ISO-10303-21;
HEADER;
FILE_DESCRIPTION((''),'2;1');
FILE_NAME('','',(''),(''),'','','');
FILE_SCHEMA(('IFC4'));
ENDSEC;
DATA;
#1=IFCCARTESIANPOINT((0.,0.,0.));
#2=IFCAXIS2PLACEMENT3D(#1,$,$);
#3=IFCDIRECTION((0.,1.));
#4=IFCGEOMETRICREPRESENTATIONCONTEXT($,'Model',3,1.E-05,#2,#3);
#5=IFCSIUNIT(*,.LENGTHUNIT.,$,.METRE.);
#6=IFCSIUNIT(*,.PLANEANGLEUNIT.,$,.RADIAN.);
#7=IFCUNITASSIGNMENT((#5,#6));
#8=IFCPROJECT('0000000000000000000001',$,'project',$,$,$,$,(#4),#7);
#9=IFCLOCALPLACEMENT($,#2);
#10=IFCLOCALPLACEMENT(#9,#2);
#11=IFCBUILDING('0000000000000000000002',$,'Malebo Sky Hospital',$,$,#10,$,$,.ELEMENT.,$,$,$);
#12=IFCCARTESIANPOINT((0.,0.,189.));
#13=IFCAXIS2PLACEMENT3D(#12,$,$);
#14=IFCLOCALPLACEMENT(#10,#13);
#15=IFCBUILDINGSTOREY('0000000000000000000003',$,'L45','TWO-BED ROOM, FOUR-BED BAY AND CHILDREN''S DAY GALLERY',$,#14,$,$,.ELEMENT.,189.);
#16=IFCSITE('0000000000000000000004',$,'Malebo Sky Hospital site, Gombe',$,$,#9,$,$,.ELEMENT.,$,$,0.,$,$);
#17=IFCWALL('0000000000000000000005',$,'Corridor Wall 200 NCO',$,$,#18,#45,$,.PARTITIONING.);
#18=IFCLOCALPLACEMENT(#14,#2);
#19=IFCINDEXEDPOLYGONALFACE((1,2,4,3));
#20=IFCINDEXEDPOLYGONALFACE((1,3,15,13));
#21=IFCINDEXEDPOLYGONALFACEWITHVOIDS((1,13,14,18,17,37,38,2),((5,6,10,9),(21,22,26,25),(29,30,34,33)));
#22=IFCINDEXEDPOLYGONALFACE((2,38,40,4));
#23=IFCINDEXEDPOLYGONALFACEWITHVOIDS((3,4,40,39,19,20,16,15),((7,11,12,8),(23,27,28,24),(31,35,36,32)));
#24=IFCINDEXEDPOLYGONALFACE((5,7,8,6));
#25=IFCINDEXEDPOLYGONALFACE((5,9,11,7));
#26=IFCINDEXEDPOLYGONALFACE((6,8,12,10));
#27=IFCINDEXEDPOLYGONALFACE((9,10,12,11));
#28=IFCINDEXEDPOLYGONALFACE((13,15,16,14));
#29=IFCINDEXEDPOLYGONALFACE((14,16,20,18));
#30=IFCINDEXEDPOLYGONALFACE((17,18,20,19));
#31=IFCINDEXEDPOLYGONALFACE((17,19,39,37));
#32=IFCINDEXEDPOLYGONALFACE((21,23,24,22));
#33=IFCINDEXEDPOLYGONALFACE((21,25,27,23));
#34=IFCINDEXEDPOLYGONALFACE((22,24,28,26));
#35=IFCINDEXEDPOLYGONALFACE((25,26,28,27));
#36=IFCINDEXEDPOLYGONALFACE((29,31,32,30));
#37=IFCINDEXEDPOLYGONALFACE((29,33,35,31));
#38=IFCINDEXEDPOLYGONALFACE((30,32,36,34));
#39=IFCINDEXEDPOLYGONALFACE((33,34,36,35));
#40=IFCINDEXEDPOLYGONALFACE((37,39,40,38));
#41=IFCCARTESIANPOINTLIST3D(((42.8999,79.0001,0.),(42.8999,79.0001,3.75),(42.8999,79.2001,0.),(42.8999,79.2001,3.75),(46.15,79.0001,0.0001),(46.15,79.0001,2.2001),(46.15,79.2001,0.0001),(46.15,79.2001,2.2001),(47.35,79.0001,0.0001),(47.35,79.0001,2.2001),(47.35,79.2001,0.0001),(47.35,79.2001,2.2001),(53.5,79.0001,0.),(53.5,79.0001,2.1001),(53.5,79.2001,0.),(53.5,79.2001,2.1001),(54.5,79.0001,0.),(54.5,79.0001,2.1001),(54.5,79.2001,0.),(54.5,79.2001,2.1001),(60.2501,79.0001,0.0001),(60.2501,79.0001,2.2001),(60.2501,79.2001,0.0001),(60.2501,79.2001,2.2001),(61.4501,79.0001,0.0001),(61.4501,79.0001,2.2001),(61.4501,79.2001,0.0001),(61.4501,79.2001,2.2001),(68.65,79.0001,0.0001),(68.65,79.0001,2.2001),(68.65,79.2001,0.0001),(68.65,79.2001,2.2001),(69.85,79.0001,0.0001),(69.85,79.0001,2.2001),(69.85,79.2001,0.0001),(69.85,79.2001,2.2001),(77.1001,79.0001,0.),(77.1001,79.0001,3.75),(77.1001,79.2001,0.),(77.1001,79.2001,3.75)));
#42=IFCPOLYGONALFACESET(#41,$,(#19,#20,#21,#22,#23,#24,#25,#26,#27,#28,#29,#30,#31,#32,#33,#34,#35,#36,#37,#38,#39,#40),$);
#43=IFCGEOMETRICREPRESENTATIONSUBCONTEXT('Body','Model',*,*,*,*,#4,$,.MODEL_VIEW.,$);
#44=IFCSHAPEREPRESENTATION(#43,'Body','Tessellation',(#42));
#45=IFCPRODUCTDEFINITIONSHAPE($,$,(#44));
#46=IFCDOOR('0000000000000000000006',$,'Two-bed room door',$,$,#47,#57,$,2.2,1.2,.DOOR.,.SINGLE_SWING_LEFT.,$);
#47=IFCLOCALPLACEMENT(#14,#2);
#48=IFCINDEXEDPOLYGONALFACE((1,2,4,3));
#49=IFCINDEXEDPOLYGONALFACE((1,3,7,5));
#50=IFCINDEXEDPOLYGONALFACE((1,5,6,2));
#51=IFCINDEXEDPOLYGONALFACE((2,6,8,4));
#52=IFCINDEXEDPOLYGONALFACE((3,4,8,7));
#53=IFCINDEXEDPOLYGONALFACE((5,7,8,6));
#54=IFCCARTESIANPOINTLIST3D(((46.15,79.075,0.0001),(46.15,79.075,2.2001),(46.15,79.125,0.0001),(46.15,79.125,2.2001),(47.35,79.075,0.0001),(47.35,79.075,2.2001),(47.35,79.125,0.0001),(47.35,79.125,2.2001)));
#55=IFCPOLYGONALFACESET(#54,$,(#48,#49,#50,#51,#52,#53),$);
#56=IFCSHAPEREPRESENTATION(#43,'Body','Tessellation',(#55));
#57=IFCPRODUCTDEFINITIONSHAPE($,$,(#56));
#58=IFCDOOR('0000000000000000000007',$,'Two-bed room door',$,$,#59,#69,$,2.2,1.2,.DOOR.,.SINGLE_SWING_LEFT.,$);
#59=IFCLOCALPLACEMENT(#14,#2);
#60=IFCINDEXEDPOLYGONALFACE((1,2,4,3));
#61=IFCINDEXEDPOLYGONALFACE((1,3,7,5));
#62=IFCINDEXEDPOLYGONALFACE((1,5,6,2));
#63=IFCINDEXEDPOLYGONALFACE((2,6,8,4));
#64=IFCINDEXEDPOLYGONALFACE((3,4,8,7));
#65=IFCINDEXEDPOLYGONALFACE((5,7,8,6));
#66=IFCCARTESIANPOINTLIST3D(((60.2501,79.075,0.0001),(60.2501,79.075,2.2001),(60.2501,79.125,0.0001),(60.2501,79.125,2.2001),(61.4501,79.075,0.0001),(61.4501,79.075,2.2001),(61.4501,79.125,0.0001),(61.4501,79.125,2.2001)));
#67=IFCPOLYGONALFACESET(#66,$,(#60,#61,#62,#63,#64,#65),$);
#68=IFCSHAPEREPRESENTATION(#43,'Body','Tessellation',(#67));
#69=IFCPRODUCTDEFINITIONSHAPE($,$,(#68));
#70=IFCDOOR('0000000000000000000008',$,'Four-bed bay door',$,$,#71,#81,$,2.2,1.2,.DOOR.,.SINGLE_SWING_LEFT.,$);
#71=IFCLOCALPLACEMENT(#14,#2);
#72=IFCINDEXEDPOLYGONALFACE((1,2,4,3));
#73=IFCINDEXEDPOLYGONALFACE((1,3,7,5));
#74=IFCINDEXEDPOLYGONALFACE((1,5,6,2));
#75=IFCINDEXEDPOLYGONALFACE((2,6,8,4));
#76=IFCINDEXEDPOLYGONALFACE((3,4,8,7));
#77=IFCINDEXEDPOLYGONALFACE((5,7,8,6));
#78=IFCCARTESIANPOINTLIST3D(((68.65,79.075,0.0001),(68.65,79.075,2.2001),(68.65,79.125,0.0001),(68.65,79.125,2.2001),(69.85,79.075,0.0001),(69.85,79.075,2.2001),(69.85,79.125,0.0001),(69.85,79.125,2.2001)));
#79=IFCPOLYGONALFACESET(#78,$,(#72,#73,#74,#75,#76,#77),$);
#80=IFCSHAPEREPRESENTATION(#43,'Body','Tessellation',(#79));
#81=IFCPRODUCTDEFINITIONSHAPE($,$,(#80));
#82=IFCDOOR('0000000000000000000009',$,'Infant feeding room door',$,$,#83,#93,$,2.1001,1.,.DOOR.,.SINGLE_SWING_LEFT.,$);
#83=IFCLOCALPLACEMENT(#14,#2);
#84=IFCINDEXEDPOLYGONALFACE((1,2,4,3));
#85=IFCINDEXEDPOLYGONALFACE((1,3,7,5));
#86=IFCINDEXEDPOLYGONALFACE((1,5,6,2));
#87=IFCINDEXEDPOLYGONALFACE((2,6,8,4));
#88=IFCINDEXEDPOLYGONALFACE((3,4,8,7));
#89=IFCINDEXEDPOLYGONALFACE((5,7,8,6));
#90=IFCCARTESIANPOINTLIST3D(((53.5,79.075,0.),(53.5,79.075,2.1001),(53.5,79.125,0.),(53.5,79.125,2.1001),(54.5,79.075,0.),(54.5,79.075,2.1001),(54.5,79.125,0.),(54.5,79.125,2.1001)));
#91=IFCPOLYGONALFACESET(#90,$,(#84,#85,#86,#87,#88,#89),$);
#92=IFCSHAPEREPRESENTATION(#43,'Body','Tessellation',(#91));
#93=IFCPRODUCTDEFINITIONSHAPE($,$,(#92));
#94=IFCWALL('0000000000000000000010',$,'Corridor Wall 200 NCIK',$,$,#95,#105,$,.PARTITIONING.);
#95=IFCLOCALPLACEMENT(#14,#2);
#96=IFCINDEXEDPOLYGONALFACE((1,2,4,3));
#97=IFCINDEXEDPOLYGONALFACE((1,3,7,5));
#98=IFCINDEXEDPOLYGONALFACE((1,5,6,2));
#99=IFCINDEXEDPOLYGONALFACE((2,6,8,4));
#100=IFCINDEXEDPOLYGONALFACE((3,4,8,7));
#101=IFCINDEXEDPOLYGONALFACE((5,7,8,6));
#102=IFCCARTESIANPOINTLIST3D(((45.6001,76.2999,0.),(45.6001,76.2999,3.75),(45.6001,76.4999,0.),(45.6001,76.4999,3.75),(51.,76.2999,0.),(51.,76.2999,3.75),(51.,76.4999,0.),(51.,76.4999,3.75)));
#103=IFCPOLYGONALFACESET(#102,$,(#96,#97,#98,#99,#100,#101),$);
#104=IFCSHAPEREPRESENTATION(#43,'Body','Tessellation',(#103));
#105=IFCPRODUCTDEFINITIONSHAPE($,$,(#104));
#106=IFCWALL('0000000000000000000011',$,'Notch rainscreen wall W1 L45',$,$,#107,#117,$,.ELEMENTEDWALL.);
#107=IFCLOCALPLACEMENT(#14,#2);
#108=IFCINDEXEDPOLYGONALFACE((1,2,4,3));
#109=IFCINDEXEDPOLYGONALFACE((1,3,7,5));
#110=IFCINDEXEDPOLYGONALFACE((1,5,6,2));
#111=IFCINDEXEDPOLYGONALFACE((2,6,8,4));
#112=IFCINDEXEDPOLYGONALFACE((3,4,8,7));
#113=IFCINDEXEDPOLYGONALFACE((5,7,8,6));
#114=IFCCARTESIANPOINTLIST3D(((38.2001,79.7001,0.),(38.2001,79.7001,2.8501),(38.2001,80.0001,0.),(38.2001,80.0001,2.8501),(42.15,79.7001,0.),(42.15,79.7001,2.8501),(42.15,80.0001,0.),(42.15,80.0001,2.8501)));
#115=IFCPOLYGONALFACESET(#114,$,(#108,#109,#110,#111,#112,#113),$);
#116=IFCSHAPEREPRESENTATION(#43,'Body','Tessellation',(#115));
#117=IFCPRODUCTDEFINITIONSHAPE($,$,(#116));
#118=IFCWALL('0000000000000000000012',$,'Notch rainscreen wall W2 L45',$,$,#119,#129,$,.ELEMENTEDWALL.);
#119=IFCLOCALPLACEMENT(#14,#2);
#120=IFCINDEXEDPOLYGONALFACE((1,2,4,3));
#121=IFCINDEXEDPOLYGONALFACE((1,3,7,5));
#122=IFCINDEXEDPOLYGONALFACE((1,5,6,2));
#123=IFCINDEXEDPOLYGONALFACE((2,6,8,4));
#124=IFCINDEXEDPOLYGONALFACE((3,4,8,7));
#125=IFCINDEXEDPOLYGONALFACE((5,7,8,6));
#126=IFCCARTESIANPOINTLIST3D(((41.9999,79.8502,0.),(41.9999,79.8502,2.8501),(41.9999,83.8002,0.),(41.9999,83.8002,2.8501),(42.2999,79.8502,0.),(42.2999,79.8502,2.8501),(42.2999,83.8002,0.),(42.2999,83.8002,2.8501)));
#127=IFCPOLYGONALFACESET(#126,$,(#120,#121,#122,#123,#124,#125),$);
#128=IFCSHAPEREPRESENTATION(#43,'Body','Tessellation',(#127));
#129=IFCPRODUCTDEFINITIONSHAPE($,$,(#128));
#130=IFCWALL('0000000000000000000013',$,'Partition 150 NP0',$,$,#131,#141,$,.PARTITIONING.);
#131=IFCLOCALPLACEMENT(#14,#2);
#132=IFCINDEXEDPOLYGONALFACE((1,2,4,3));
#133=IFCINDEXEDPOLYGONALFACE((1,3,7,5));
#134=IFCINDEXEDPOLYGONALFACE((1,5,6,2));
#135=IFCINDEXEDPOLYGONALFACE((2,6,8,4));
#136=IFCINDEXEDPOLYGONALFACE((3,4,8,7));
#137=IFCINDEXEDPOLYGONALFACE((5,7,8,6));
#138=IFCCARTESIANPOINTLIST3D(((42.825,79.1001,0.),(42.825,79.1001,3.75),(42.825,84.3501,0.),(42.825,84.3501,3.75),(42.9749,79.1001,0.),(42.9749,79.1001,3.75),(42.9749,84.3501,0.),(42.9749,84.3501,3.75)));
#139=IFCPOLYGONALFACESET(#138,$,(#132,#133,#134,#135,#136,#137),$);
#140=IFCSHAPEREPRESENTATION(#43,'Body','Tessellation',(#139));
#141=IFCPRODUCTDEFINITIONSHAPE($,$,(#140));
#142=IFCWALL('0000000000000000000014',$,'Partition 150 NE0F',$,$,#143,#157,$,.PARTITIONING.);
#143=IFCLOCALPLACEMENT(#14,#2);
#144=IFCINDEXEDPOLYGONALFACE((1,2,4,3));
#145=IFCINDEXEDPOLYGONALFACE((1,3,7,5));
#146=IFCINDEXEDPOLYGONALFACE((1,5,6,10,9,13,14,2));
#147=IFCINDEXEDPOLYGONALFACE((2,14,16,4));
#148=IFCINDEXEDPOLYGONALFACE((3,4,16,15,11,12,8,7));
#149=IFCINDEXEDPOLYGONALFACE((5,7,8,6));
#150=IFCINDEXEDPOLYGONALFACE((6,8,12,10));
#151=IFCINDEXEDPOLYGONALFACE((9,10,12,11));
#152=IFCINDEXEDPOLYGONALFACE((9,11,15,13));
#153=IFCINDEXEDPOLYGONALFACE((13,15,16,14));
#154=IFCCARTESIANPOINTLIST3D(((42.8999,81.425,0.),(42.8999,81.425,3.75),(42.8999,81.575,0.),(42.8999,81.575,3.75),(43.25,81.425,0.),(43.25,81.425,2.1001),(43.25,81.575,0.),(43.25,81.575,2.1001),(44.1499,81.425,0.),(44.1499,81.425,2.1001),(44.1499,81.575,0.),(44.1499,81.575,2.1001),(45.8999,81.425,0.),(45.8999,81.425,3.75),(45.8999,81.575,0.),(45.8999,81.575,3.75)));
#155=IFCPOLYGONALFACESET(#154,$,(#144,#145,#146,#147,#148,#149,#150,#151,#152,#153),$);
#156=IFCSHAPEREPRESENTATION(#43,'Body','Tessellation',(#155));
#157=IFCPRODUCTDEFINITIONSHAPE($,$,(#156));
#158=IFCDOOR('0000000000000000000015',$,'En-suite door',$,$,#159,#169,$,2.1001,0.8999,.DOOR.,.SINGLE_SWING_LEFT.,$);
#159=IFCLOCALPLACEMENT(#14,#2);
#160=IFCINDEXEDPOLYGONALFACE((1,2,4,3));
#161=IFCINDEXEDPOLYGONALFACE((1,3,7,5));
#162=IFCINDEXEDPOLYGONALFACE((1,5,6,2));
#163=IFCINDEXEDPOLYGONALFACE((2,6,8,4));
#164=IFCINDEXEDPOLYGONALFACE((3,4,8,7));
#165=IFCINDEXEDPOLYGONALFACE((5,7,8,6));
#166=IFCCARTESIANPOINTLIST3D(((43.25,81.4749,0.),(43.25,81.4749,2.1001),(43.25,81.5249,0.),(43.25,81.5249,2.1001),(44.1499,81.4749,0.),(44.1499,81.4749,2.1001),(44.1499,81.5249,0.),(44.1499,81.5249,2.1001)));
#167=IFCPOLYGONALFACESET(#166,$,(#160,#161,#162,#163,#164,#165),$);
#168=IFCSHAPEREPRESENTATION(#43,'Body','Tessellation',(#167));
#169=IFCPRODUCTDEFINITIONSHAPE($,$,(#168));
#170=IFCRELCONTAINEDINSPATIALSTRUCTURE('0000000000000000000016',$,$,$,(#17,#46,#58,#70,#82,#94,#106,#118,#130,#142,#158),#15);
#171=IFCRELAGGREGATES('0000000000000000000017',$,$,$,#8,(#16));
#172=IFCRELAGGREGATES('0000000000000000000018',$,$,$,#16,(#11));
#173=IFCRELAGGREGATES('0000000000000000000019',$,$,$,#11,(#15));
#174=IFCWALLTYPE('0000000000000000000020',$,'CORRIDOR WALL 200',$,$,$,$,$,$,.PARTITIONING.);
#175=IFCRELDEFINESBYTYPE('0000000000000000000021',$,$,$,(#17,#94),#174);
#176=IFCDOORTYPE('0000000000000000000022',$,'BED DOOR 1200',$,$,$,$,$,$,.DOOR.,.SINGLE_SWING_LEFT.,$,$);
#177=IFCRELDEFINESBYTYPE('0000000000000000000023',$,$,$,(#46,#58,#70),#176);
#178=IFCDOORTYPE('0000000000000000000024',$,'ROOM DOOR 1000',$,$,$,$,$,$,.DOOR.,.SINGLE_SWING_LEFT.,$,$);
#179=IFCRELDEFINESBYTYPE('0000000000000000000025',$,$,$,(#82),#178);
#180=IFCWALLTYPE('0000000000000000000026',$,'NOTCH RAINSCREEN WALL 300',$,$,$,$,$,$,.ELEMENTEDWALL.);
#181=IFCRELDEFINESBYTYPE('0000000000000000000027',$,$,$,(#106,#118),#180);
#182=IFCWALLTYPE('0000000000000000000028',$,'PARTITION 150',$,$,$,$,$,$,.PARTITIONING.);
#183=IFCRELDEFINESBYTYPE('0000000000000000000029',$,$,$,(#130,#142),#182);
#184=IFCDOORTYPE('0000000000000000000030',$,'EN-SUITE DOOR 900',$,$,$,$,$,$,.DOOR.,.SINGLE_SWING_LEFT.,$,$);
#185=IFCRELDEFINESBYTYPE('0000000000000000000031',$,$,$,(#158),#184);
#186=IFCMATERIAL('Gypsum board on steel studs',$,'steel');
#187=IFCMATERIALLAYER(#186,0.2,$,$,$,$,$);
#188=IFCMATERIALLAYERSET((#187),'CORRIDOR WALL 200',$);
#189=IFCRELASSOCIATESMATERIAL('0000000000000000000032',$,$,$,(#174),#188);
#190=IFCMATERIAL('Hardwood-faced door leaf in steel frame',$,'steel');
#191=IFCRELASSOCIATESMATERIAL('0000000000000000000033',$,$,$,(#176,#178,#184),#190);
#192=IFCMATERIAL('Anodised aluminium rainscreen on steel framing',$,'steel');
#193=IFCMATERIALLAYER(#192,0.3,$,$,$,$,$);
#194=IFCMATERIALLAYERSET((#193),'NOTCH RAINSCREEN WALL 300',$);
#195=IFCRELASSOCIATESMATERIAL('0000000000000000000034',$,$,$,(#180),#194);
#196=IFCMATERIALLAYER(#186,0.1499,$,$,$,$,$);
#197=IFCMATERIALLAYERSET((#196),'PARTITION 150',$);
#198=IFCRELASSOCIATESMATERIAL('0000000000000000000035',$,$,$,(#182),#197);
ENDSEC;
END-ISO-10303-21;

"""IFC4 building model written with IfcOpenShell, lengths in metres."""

from ifc_helpers import new_model, si_unit, direction, frame, frame_2d, origin, place, context, subcontext, project, spatial, rectangle, extrude, material, layer, layer_set, type_object, element, fill, save


model = new_model("IFC4")

# Units and contexts
model_context = context("Model", 3, precision=1e-05, world=origin(), true_north=direction((0.0, 1.0)))
body_context = subcontext(model_context, "Body", "Model", "MODEL_VIEW")
ifc_project = project(units=[si_unit("LENGTHUNIT", "METRE"), si_unit("PLANEANGLEUNIT", "RADIAN")], contexts=[model_context])

# Site, building, storey
site_placement = place(None, origin())
site = spatial("IfcSite", under=ifc_project, at=site_placement, Name="Malebo Sky Hospital site, Gombe", CompositionType="ELEMENT", RefElevation=0.0)
building_placement = place(site_placement, origin())
building = spatial("IfcBuilding", under=site, at=building_placement, Name="Malebo Sky Hospital", CompositionType="ELEMENT")
storey_placement = place(building_placement, frame((0.0, 0.0, 189.0)))
storey = spatial("IfcBuildingStorey", under=building, at=storey_placement, Name="L45", Description="TWO-BED ROOM, FOUR-BED BAY AND CHILDREN'S DAY GALLERY", CompositionType="ELEMENT", Elevation=189.0)

# Wall, openings, doors
ifc_material_1 = material(Name="Gypsum board on steel studs", Category="steel")
ifc_layer_1 = layer(ifc_material_1, 0.2)
ifc_layer_set_1 = layer_set([ifc_layer_1], Name="CORRIDOR WALL 200")
wall_type_1 = type_object("IfcWallType", Name="CORRIDOR WALL 200", PredefinedType="PARTITIONING", material=ifc_layer_set_1)
wall_1_placement = place(storey_placement, frame((42.8999, 79.1001, 0.0), z_axis=(0.0, 0.0, 1.0), x_axis=(1.0, 0.0, 0.0)))
wall_1 = element("IfcWall", 1, at=wall_1_placement, inside=storey, type_object=wall_type_1, Name="Corridor Wall 200 NCO", PredefinedType="PARTITIONING", context=body_context, shape_type="SweptSolid", body=[
    extrude(rectangle(XDim=34.2002, YDim=0.2, at=frame_2d((17.1001, 0.0))), origin(), (0.0, 0.0, 1.0), 3.75),
])
opening_1_placement = place(wall_1_placement, frame((3.25, 0.0, 0.0)))
opening_1 = element("IfcOpeningElement", 2, at=opening_1_placement, cuts=wall_1, PredefinedType="OPENING", context=body_context, shape_type="SweptSolid", body=[
    extrude(rectangle(XDim=1.2, YDim=2.2, at=frame_2d((0.6001, 1.1001))), frame((0.0, 0.1099, 0.0), z_axis=(0.0, -1.0, 0.0), x_axis=(1.0, 0.0, 0.0)), (0.0, 0.0, 1.0), 0.22),
])
opening_2_placement = place(wall_1_placement, frame((10.6001, 0.0, 0.0)))
opening_2 = element("IfcOpeningElement", 3, at=opening_2_placement, cuts=wall_1, PredefinedType="OPENING", context=body_context, shape_type="SweptSolid", body=[
    extrude(rectangle(XDim=1.0, YDim=2.1001, at=frame_2d((0.5, 1.05))), frame((0.0, 0.1099, 0.0), z_axis=(0.0, -1.0, 0.0), x_axis=(1.0, 0.0, 0.0)), (0.0, 0.0, 1.0), 0.22),
])
opening_3_placement = place(wall_1_placement, frame((17.3501, 0.0, 0.0)))
opening_3 = element("IfcOpeningElement", 4, at=opening_3_placement, cuts=wall_1, PredefinedType="OPENING", context=body_context, shape_type="SweptSolid", body=[
    extrude(rectangle(XDim=1.2, YDim=2.2, at=frame_2d((0.6001, 1.1001))), frame((0.0, 0.1099, 0.0), z_axis=(0.0, -1.0, 0.0), x_axis=(1.0, 0.0, 0.0)), (0.0, 0.0, 1.0), 0.22),
])
opening_4_placement = place(wall_1_placement, frame((25.75, 0.0, 0.0)))
opening_4 = element("IfcOpeningElement", 5, at=opening_4_placement, cuts=wall_1, PredefinedType="OPENING", context=body_context, shape_type="SweptSolid", body=[
    extrude(rectangle(XDim=1.2, YDim=2.2, at=frame_2d((0.6001, 1.1001))), frame((0.0, 0.1099, 0.0), z_axis=(0.0, -1.0, 0.0), x_axis=(1.0, 0.0, 0.0)), (0.0, 0.0, 1.0), 0.22),
])
ifc_material_2 = material(Name="Hardwood-faced door leaf in steel frame", Category="steel")
door_type_1 = type_object("IfcDoorType", Name="BED DOOR 1200", OperationType="SINGLE_SWING_LEFT", PredefinedType="DOOR", material=ifc_material_2)
door_1_placement = place(opening_1_placement, origin())
door_1 = element("IfcDoor", 6, at=door_1_placement, inside=storey, type_object=door_type_1, Name="Two-bed room door", OperationType="SINGLE_SWING_LEFT", OverallHeight=2.2, OverallWidth=1.2, PredefinedType="DOOR", context=body_context, shape_type="SweptSolid", body=[
    extrude(rectangle(XDim=1.2, YDim=2.2, at=frame_2d((0.6001, 1.1001))), frame((0.0, 0.0249, 0.0), z_axis=(0.0, -1.0, 0.0), x_axis=(1.0, 0.0, 0.0)), (0.0, 0.0, 1.0), 0.05),
])
fill(opening_1, door_1)
door_2_placement = place(opening_3_placement, origin())
door_2 = element("IfcDoor", 7, at=door_2_placement, inside=storey, type_object=door_type_1, Name="Two-bed room door", OperationType="SINGLE_SWING_LEFT", OverallHeight=2.2, OverallWidth=1.2, PredefinedType="DOOR", context=body_context, shape_type="SweptSolid", body=[
    extrude(rectangle(XDim=1.2, YDim=2.2, at=frame_2d((0.6001, 1.1001))), frame((0.0, 0.0249, 0.0), z_axis=(0.0, -1.0, 0.0), x_axis=(1.0, 0.0, 0.0)), (0.0, 0.0, 1.0), 0.05),
])
fill(opening_3, door_2)
door_3_placement = place(opening_4_placement, origin())
door_3 = element("IfcDoor", 8, at=door_3_placement, inside=storey, type_object=door_type_1, Name="Four-bed bay door", OperationType="SINGLE_SWING_LEFT", OverallHeight=2.2, OverallWidth=1.2, PredefinedType="DOOR", context=body_context, shape_type="SweptSolid", body=[
    extrude(rectangle(XDim=1.2, YDim=2.2, at=frame_2d((0.6001, 1.1001))), frame((0.0, 0.0249, 0.0), z_axis=(0.0, -1.0, 0.0), x_axis=(1.0, 0.0, 0.0)), (0.0, 0.0, 1.0), 0.05),
])
fill(opening_4, door_3)
door_type_2 = type_object("IfcDoorType", Name="ROOM DOOR 1000", OperationType="SINGLE_SWING_LEFT", PredefinedType="DOOR", material=ifc_material_2)
door_4_placement = place(opening_2_placement, origin())
door_4 = element("IfcDoor", 9, at=door_4_placement, inside=storey, type_object=door_type_2, Name="Infant feeding room door", OperationType="SINGLE_SWING_LEFT", OverallHeight=2.1001, OverallWidth=1.0, PredefinedType="DOOR", context=body_context, shape_type="SweptSolid", body=[
    extrude(rectangle(XDim=1.0, YDim=2.1001, at=frame_2d((0.5, 1.05))), frame((0.0, 0.0249, 0.0), z_axis=(0.0, -1.0, 0.0), x_axis=(1.0, 0.0, 0.0)), (0.0, 0.0, 1.0), 0.05),
])
fill(opening_2, door_4)

# Walls
wall_2_placement = place(storey_placement, frame((45.6001, 76.3999, 0.0), z_axis=(0.0, 0.0, 1.0), x_axis=(1.0, 0.0, 0.0)))
element("IfcWall", 10, at=wall_2_placement, inside=storey, type_object=wall_type_1, Name="Corridor Wall 200 NCIK", PredefinedType="PARTITIONING", context=body_context, shape_type="SweptSolid", body=[
    extrude(rectangle(XDim=5.3999, YDim=0.2, at=frame_2d((2.7, 0.0))), origin(), (0.0, 0.0, 1.0), 3.75),
])
ifc_material_3 = material(Name="Anodised aluminium rainscreen on steel framing", Category="steel")
ifc_layer_2 = layer(ifc_material_3, 0.3)
ifc_layer_set_2 = layer_set([ifc_layer_2], Name="NOTCH RAINSCREEN WALL 300")
wall_type_2 = type_object("IfcWallType", Name="NOTCH RAINSCREEN WALL 300", PredefinedType="ELEMENTEDWALL", material=ifc_layer_set_2)
for number, where, z_axis, x_axis, name in (
    (11, (38.2, 79.8501, 0.0), (0.0, 0.0, 1.0), (1.0, 0.0, 0.0), "Notch rainscreen wall W1 L45"),
    (12, (42.1499, 79.8501, 0.0), (0.0, 0.0, 1.0), (0.0, 1.0, 0.0), "Notch rainscreen wall W2 L45"),
):
    element("IfcWall", number, at=place(storey_placement, frame(where, z_axis=z_axis, x_axis=x_axis)), inside=storey, type_object=wall_type_2, Name=name, PredefinedType="ELEMENTEDWALL", context=body_context, shape_type="SweptSolid", body=[
        extrude(rectangle(XDim=3.95, YDim=0.3, at=frame_2d((1.9751, 0.0))), origin(), (0.0, 0.0, 1.0), 2.8501),
    ])
ifc_layer_3 = layer(ifc_material_1, 0.1499)
ifc_layer_set_3 = layer_set([ifc_layer_3], Name="PARTITION 150")
wall_type_3 = type_object("IfcWallType", Name="PARTITION 150", PredefinedType="PARTITIONING", material=ifc_layer_set_3)
wall_3_placement = place(storey_placement, frame((42.8999, 79.1001, 0.0), z_axis=(0.0, 0.0, 1.0), x_axis=(0.0, 1.0, 0.0)))
element("IfcWall", 13, at=wall_3_placement, inside=storey, type_object=wall_type_3, Name="Partition 150 NP0", PredefinedType="PARTITIONING", context=body_context, shape_type="SweptSolid", body=[
    extrude(rectangle(XDim=5.25, YDim=0.1499, at=frame_2d((2.625, 0.0))), origin(), (0.0, 0.0, 1.0), 3.75),
])

# Wall, opening, door
wall_4_placement = place(storey_placement, frame((42.8999, 81.5, 0.0), z_axis=(0.0, 0.0, 1.0), x_axis=(1.0, 0.0, 0.0)))
wall_4 = element("IfcWall", 14, at=wall_4_placement, inside=storey, type_object=wall_type_3, Name="Partition 150 NE0F", PredefinedType="PARTITIONING", context=body_context, shape_type="SweptSolid", body=[
    extrude(rectangle(XDim=3.0, YDim=0.1499, at=frame_2d((1.5, 0.0))), origin(), (0.0, 0.0, 1.0), 3.75),
])
opening_5_placement = place(wall_4_placement, frame((0.3501, 0.0, 0.0)))
opening_5 = element("IfcOpeningElement", 15, at=opening_5_placement, cuts=wall_4, PredefinedType="OPENING", context=body_context, shape_type="SweptSolid", body=[
    extrude(rectangle(XDim=0.8999, YDim=2.1001, at=frame_2d((0.45, 1.05))), frame((0.0, 0.085, 0.0), z_axis=(0.0, -1.0, 0.0), x_axis=(1.0, 0.0, 0.0)), (0.0, 0.0, 1.0), 0.1699),
])
door_type_3 = type_object("IfcDoorType", Name="EN-SUITE DOOR 900", OperationType="SINGLE_SWING_LEFT", PredefinedType="DOOR", material=ifc_material_2)
door_5_placement = place(opening_5_placement, origin())
door_5 = element("IfcDoor", 16, at=door_5_placement, inside=storey, type_object=door_type_3, Name="En-suite door", OperationType="SINGLE_SWING_LEFT", OverallHeight=2.1001, OverallWidth=0.8999, PredefinedType="DOOR", context=body_context, shape_type="SweptSolid", body=[
    extrude(rectangle(XDim=0.8999, YDim=2.1001, at=frame_2d((0.45, 1.05))), frame((0.0, 0.0249, 0.0), z_axis=(0.0, -1.0, 0.0), x_axis=(1.0, 0.0, 0.0)), (0.0, 0.0, 1.0), 0.05),
])
fill(opening_5, door_5)

save(model, "model.ifc")
